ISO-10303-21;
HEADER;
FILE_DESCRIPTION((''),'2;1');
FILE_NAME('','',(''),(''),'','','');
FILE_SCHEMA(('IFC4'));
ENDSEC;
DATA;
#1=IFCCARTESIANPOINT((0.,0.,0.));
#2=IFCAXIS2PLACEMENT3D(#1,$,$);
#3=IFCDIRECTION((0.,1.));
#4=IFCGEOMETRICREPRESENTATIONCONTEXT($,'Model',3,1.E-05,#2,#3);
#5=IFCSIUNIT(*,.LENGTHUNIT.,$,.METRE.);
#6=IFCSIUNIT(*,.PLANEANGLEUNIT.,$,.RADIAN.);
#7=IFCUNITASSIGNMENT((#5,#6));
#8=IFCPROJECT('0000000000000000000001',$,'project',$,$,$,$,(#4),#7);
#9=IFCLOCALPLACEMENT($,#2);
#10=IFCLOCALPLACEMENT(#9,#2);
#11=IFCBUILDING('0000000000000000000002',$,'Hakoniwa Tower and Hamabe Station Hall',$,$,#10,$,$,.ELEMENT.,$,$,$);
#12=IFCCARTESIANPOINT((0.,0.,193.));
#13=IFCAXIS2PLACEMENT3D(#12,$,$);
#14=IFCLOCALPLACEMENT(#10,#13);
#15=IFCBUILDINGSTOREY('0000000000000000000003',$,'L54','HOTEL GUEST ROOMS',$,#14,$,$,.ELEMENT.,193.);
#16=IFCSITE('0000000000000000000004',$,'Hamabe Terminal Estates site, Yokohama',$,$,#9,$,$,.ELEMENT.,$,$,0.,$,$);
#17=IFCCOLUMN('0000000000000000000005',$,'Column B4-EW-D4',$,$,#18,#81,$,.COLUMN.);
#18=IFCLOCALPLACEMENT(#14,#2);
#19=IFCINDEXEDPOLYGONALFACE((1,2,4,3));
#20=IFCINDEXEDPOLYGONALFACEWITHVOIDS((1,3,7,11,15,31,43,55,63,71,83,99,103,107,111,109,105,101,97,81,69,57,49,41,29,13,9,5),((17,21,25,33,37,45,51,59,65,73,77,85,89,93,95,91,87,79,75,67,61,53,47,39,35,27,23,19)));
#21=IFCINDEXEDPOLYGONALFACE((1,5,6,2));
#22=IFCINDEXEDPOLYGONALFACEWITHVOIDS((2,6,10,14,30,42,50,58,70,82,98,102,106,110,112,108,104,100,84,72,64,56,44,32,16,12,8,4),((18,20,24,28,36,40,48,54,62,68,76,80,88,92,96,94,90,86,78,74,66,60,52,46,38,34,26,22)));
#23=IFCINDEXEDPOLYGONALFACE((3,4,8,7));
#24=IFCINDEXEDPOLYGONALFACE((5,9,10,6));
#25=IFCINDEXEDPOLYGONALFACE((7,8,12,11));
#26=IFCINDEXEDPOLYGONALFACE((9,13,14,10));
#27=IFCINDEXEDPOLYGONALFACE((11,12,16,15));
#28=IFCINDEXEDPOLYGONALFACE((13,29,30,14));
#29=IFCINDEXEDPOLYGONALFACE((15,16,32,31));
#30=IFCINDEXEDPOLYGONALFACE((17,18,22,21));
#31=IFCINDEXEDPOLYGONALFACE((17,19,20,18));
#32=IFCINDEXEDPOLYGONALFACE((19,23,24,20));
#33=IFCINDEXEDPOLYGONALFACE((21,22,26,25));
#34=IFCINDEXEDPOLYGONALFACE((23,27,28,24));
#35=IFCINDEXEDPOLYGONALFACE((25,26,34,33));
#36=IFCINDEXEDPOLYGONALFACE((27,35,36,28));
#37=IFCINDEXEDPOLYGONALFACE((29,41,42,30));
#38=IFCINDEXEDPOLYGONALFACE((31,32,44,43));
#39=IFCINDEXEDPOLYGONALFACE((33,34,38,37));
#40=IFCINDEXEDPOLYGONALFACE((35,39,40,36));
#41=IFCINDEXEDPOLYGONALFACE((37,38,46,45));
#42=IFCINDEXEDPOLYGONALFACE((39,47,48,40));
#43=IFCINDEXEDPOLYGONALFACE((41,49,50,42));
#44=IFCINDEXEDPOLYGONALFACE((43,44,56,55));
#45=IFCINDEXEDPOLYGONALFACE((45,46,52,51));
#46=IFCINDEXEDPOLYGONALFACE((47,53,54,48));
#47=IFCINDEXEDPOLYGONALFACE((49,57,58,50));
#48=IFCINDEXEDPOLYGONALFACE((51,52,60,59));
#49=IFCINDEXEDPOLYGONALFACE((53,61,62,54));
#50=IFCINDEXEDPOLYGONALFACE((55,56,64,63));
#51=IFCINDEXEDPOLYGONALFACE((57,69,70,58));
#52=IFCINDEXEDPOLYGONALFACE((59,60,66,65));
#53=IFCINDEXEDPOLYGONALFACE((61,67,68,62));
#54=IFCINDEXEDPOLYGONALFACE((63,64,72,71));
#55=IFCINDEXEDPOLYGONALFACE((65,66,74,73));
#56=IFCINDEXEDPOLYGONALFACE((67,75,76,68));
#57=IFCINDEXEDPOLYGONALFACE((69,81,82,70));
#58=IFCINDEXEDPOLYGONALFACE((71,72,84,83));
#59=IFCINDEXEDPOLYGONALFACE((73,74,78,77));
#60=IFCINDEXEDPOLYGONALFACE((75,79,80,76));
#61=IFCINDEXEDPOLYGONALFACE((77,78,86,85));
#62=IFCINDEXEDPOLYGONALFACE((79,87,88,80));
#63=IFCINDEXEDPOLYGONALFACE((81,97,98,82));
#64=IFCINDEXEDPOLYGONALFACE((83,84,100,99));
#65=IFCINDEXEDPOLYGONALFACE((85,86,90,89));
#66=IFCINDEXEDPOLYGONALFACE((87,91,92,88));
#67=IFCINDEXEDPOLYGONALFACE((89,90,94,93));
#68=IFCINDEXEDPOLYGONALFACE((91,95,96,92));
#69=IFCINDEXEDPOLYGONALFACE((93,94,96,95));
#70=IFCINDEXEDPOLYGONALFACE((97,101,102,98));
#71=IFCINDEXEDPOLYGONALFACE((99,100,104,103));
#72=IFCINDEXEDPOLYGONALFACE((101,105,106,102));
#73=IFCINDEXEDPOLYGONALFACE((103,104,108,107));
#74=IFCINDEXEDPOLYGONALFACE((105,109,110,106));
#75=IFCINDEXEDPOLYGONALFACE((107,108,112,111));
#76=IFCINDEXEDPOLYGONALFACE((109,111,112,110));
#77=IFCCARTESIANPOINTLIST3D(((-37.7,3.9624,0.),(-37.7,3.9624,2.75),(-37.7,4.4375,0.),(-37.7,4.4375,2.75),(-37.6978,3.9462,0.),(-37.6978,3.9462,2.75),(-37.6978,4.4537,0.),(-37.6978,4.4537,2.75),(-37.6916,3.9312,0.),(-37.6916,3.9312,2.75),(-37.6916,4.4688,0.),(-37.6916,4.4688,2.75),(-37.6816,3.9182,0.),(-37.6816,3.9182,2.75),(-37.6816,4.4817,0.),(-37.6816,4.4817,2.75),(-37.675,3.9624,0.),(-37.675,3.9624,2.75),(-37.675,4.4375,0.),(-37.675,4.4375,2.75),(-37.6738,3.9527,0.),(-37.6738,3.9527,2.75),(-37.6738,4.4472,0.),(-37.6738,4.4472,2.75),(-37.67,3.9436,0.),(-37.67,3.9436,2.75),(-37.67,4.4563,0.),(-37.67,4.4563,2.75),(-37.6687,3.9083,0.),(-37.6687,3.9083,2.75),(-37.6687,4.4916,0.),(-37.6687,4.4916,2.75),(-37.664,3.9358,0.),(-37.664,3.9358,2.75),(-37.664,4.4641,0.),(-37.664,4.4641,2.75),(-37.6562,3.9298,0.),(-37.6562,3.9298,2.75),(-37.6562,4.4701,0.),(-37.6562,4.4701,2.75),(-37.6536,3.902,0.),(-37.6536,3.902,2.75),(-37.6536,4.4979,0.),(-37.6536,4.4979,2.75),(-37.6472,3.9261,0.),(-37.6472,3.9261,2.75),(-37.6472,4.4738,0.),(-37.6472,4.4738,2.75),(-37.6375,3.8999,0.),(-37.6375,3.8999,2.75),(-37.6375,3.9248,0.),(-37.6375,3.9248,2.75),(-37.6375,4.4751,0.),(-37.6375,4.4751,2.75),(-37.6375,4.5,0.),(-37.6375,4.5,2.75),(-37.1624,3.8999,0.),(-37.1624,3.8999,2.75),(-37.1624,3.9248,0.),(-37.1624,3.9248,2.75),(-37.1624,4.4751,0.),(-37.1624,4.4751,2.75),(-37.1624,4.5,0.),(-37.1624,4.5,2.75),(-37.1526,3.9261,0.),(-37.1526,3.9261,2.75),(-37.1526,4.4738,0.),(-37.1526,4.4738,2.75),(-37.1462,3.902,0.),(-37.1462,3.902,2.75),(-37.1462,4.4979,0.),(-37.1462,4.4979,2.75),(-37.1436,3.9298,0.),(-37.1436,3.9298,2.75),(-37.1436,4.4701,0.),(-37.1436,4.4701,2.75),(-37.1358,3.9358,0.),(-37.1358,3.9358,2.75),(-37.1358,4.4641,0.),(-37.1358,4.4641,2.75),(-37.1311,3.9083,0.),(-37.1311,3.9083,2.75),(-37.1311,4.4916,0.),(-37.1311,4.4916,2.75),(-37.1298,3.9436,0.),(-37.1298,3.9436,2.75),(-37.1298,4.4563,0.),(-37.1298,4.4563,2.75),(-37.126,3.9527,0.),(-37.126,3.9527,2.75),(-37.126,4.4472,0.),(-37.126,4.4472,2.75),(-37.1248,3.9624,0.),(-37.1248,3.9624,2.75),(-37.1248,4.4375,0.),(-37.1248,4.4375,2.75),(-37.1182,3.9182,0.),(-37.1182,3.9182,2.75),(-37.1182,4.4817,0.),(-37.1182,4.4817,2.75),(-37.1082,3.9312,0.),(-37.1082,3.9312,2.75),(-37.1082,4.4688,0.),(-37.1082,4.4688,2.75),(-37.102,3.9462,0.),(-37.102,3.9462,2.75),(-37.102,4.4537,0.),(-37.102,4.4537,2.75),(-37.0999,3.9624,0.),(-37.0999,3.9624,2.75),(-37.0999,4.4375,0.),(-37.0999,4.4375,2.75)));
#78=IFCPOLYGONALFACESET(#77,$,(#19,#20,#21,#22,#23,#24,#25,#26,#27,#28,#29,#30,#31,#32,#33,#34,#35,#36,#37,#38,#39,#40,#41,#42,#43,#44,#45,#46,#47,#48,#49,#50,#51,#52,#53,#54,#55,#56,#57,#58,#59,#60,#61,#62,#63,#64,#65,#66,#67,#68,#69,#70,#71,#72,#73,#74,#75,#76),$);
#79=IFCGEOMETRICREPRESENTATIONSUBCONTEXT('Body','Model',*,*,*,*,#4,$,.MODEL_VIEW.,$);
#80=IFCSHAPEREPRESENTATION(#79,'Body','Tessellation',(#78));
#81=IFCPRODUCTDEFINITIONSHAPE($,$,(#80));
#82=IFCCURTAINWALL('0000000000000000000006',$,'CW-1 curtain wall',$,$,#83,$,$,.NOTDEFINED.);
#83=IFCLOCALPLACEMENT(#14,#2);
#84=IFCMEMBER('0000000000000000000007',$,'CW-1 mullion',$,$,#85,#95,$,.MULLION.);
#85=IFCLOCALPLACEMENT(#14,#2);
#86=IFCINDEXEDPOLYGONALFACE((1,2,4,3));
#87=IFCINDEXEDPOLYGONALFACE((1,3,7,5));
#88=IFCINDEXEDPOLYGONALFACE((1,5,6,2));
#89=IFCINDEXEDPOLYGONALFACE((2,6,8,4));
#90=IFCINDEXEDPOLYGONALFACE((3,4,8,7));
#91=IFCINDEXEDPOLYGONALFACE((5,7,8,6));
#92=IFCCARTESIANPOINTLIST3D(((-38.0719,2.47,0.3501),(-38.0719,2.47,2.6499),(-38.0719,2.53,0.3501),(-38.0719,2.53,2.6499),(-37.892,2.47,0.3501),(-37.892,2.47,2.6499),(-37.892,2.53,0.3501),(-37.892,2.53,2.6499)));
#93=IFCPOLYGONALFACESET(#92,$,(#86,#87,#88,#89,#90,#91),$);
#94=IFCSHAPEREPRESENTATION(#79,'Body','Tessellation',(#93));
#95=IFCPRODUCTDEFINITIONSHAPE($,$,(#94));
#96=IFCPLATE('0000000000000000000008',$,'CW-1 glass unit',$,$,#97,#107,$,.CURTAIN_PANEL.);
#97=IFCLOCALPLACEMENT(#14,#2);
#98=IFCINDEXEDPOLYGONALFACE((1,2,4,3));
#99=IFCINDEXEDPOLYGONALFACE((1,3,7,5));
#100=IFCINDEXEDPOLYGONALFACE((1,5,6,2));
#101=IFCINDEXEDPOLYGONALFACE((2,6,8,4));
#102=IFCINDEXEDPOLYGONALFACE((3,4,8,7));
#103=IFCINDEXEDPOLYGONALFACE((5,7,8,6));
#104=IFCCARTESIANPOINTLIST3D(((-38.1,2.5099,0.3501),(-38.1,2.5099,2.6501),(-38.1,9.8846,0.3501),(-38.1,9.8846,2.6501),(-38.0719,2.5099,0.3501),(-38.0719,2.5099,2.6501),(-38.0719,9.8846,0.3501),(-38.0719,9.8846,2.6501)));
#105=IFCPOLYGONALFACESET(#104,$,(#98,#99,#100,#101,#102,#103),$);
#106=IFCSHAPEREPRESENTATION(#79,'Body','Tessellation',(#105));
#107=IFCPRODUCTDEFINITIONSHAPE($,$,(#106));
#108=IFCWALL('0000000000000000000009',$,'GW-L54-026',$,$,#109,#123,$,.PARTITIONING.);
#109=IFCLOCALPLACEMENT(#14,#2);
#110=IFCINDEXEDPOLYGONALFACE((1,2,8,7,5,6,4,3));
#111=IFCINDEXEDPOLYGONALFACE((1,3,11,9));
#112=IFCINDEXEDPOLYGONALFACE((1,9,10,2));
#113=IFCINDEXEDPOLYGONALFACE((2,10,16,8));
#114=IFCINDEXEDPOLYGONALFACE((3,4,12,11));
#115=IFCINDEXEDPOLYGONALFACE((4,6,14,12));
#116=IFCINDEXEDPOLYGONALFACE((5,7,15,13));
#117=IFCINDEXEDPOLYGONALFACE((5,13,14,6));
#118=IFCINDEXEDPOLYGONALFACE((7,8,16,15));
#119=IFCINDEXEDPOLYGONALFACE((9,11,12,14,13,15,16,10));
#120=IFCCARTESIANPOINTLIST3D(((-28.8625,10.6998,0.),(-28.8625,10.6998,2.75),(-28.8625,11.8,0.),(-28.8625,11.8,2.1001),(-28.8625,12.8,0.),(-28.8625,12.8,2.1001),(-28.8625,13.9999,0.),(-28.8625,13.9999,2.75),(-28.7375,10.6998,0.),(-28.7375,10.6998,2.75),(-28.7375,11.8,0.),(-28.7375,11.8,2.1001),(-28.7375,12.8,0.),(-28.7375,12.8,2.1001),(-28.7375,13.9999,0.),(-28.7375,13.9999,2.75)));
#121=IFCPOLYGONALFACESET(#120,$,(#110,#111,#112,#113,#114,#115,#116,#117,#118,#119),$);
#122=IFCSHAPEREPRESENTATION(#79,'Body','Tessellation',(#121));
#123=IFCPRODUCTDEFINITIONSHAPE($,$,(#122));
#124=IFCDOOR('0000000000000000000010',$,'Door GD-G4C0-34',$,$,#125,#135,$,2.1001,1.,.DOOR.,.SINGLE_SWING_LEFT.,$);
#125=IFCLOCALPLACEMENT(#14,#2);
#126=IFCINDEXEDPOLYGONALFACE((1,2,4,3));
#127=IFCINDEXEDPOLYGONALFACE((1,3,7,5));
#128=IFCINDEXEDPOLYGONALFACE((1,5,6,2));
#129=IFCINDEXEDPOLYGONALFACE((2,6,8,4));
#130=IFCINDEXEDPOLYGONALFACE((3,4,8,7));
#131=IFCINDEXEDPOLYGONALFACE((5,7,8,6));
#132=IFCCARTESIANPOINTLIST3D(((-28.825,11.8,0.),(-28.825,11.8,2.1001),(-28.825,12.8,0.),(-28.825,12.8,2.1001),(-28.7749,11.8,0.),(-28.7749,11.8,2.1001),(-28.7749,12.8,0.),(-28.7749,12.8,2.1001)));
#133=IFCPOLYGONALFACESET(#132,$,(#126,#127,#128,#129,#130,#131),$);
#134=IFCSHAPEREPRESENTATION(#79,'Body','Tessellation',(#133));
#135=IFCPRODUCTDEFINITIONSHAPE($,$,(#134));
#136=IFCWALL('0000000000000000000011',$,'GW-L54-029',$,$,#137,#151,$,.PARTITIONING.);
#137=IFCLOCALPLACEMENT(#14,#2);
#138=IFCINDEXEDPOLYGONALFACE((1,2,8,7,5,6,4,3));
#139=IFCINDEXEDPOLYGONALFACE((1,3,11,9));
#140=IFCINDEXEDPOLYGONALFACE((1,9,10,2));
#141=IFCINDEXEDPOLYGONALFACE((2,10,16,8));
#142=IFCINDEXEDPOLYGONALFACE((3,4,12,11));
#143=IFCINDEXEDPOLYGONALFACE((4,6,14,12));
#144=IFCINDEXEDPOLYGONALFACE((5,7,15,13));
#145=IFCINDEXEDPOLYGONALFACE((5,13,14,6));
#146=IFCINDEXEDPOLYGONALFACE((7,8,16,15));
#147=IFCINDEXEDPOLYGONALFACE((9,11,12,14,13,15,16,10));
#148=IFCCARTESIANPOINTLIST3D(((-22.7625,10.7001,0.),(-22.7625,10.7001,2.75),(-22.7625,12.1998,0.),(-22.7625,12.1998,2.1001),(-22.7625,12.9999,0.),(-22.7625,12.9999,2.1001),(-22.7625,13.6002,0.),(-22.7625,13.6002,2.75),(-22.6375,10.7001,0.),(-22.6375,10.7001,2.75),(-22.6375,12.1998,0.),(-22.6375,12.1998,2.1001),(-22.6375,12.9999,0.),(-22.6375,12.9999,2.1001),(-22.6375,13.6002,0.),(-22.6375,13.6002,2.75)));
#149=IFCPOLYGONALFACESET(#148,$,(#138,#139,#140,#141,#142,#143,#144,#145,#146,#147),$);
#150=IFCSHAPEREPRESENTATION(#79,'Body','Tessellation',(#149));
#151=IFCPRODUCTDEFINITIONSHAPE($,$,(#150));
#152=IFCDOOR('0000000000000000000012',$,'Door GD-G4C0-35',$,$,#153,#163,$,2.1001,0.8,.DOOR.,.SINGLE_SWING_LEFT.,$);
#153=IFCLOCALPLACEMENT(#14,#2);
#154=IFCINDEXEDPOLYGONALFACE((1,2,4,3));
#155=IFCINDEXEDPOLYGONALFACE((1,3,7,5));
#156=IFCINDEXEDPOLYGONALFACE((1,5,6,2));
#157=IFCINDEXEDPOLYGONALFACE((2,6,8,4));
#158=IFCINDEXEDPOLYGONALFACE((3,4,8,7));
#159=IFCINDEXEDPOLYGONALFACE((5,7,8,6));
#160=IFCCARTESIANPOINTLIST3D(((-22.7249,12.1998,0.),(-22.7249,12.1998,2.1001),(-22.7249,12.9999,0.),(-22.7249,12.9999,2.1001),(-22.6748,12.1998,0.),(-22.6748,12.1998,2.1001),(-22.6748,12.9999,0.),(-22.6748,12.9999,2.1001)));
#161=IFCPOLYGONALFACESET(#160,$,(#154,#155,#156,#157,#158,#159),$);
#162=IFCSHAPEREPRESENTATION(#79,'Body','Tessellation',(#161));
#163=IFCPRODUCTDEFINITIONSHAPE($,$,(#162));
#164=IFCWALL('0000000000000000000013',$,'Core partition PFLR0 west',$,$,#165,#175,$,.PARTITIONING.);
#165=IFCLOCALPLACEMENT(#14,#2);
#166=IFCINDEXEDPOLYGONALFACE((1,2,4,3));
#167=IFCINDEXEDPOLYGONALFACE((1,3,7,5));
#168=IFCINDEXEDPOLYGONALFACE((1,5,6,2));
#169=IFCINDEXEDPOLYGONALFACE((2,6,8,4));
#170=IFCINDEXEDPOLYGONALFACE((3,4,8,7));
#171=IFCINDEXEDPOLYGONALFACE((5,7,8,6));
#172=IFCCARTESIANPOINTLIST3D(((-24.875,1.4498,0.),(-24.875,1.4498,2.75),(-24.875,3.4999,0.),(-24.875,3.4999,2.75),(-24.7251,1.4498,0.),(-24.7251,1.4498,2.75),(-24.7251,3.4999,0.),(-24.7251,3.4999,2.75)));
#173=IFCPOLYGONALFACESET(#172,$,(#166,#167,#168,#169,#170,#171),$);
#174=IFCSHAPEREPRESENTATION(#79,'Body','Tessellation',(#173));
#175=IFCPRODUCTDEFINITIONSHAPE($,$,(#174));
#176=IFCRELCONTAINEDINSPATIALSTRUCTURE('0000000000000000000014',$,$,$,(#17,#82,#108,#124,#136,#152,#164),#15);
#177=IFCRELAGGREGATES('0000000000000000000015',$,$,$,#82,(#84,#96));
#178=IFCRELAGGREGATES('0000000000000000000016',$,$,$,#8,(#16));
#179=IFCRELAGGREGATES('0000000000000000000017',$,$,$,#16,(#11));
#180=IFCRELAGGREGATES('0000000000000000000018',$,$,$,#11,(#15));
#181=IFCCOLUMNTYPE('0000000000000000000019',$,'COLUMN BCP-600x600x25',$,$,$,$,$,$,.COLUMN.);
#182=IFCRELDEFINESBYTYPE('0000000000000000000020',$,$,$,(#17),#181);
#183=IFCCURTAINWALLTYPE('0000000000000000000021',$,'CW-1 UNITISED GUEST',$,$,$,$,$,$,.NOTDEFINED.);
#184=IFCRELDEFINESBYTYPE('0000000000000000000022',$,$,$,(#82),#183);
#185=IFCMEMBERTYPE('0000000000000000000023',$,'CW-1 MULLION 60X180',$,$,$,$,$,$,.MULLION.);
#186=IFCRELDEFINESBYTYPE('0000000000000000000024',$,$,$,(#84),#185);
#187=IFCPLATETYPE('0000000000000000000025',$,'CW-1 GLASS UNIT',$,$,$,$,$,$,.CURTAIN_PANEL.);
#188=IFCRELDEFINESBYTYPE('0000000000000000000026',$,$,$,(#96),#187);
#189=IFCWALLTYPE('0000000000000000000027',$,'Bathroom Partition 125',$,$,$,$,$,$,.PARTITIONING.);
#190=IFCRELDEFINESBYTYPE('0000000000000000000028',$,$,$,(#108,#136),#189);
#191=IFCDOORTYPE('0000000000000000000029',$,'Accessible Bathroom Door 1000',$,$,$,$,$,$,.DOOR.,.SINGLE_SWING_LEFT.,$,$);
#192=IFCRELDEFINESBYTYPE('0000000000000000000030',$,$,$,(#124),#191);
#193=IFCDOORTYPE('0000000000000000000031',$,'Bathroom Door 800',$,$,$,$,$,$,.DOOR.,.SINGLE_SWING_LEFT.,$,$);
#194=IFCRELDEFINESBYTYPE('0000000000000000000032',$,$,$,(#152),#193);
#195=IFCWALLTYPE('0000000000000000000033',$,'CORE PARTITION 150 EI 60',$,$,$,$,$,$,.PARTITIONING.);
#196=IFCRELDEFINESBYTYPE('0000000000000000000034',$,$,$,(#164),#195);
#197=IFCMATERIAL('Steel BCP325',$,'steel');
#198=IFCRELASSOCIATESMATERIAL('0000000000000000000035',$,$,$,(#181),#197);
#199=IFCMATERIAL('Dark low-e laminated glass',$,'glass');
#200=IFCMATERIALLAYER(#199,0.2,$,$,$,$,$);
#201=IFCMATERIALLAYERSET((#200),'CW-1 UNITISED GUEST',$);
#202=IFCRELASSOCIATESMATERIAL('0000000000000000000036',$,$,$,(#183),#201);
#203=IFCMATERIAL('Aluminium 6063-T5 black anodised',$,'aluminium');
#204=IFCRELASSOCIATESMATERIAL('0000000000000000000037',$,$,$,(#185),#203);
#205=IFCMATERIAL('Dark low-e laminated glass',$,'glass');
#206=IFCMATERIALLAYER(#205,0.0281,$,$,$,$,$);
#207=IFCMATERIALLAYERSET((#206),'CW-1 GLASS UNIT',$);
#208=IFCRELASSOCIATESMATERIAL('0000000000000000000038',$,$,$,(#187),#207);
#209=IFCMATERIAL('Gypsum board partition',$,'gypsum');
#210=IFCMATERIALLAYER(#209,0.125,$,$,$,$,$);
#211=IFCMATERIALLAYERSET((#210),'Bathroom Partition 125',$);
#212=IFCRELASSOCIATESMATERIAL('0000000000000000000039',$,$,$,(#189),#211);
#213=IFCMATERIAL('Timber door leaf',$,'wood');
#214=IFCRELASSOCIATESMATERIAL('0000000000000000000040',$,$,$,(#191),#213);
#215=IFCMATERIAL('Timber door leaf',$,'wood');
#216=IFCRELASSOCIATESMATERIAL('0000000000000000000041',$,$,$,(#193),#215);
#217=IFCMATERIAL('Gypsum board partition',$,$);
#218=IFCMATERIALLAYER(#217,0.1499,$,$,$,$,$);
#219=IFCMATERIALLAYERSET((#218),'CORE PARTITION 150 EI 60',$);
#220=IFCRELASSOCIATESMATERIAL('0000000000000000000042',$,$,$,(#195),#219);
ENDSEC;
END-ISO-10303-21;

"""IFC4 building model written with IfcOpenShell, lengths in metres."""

from ifc_helpers import new_model, si_unit, direction, frame, frame_2d, origin, origin_2d, place, context, subcontext, project, spatial, rectangle, hollow_rectangle, extrude, material, layer, layer_set, material_profile, profile_set, type_object, element, fill, aggregate, save


model = new_model("IFC4")

# Units and contexts
model_context = context("Model", 3, precision=1e-05, world=origin(), true_north=direction((0.0, 1.0)))
body_context = subcontext(model_context, "Body", "Model", "MODEL_VIEW")
ifc_project = project(units=[si_unit("LENGTHUNIT", "METRE"), si_unit("PLANEANGLEUNIT", "RADIAN")], contexts=[model_context])

# Site, building, storey
site_placement = place(None, origin())
site = spatial("IfcSite", under=ifc_project, at=site_placement, Name="Hamabe Terminal Estates site, Yokohama", CompositionType="ELEMENT", RefElevation=0.0)
building_placement = place(site_placement, origin())
building = spatial("IfcBuilding", under=site, at=building_placement, Name="Hakoniwa Tower and Hamabe Station Hall", CompositionType="ELEMENT")
storey_placement = place(building_placement, frame((0.0, 0.0, 193.0)))
storey = spatial("IfcBuildingStorey", under=building, at=storey_placement, Name="L54", Description="HOTEL GUEST ROOMS", CompositionType="ELEMENT", Elevation=193.0)

# Column
ifc_material_1 = material(Name="Steel BCP325", Category="steel")
ifc_material_profile_1 = material_profile(ifc_material_1, hollow_rectangle(XDim=0.6001, YDim=0.6001, WallThickness=0.0249, InnerFilletRadius=0.0376, OuterFilletRadius=0.0625, at=origin_2d()), Name="BCP-600x600x25")
ifc_profile_set_1 = profile_set([ifc_material_profile_1], Name="Steel BCP325")
column_type = type_object("IfcColumnType", Name="COLUMN BCP-600x600x25", PredefinedType="COLUMN", material=ifc_profile_set_1)
column_placement = place(storey_placement, frame((-37.3999, 4.2, 0.0), z_axis=(0.0, 0.0, 1.0), x_axis=(1.0, 0.0, 0.0)))
element("IfcColumn", 1, at=column_placement, inside=storey, type_object=column_type, Name="Column B4-EW-D4", PredefinedType="COLUMN", context=body_context, shape_type="SweptSolid", body=[
    extrude(hollow_rectangle(XDim=0.6001, YDim=0.6001, WallThickness=0.0249, InnerFilletRadius=0.0376, OuterFilletRadius=0.0625, at=origin_2d()), origin(), (0.0, 0.0, 1.0), 2.75),
])

# Curtain wall, member, plate
ifc_material_2 = material(Name="Dark low-e laminated glass", Category="glass")
ifc_layer_1 = layer(ifc_material_2, 0.2)
ifc_layer_set_1 = layer_set([ifc_layer_1], Name="CW-1 UNITISED GUEST")
curtain_wall_type = type_object("IfcCurtainWallType", Name="CW-1 UNITISED GUEST", PredefinedType="NOTDEFINED", material=ifc_layer_set_1)
curtain_wall_placement = place(storey_placement, origin())
curtain_wall = element("IfcCurtainWall", 2, at=curtain_wall_placement, inside=storey, type_object=curtain_wall_type, Name="CW-1 curtain wall", PredefinedType="NOTDEFINED")
ifc_material_3 = material(Name="Aluminium 6063-T5 black anodised", Category="aluminium")
ifc_material_profile_2 = material_profile(ifc_material_3, rectangle(XDim=0.0601, YDim=0.1799, at=origin_2d()), Name="CW-1 MULLION 60X180")
ifc_profile_set_2 = profile_set([ifc_material_profile_2], Name="Aluminium 6063-T5 black anodised")
member_type = type_object("IfcMemberType", Name="CW-1 MULLION 60X180", PredefinedType="MULLION", material=ifc_profile_set_2)
member_placement = place(storey_placement, frame((-37.9819, 2.5, 0.3501), z_axis=(0.0, 0.0, 1.0), x_axis=(0.0, -1.0, 0.0)))
member = element("IfcMember", 3, at=member_placement, type_object=member_type, Name="CW-1 mullion", PredefinedType="MULLION", context=body_context, shape_type="SweptSolid", body=[
    extrude(rectangle(XDim=0.0601, YDim=0.1799, at=origin_2d()), origin(), (0.0, 0.0, 1.0), 2.2998),
])
ifc_material_4 = material(Name="Dark low-e laminated glass", Category="glass")
ifc_layer_2 = layer(ifc_material_4, 0.0281)
ifc_layer_set_2 = layer_set([ifc_layer_2], Name="CW-1 GLASS UNIT")
plate_type = type_object("IfcPlateType", Name="CW-1 GLASS UNIT", PredefinedType="CURTAIN_PANEL", material=ifc_layer_set_2)
plate_placement = place(storey_placement, frame((-38.0859, 6.1973, 0.3501), z_axis=(0.0, 0.0, 1.0), x_axis=(0.0, -1.0, 0.0)))
plate = element("IfcPlate", 4, at=plate_placement, type_object=plate_type, Name="CW-1 glass unit", PredefinedType="CURTAIN_PANEL", context=body_context, shape_type="SweptSolid", body=[
    extrude(rectangle(XDim=7.3748, YDim=0.0281, at=origin_2d()), origin(), (0.0, 0.0, 1.0), 2.3),
])
aggregate(curtain_wall, [member, plate])

# Walls, openings, doors
ifc_material_5 = material(Name="Gypsum board partition", Category="gypsum")
ifc_layer_3 = layer(ifc_material_5, 0.125)
ifc_layer_set_3 = layer_set([ifc_layer_3], Name="Bathroom Partition 125")
wall_type_1 = type_object("IfcWallType", Name="Bathroom Partition 125", PredefinedType="PARTITIONING", material=ifc_layer_set_3)
wall_1_placement = place(storey_placement, frame((-28.8, 10.7, 0.0), z_axis=(0.0, 0.0, 1.0), x_axis=(0.0, 1.0, 0.0)))
wall_1 = element("IfcWall", 5, at=wall_1_placement, inside=storey, type_object=wall_type_1, Name="GW-L54-026", PredefinedType="PARTITIONING", context=body_context, shape_type="SweptSolid", body=[
    extrude(rectangle(XDim=3.3, YDim=0.125, at=frame_2d((1.6499, 0.0))), origin(), (0.0, 0.0, 1.0), 2.75),
])
opening_1_placement = place(wall_1_placement, frame((1.1001, 0.0, 0.0)))
opening_1 = element("IfcOpeningElement", 6, at=opening_1_placement, cuts=wall_1, PredefinedType="OPENING", context=body_context, shape_type="SweptSolid", body=[
    extrude(rectangle(XDim=1.0, YDim=2.1001, at=frame_2d((0.5, 1.05))), frame((0.0, 0.0725, 0.0), z_axis=(0.0, -1.0, 0.0), x_axis=(1.0, 0.0, 0.0)), (0.0, 0.0, 1.0), 0.145),
])
ifc_material_6 = material(Name="Timber door leaf", Category="wood")
door_type_1 = type_object("IfcDoorType", Name="Accessible Bathroom Door 1000", OperationType="SINGLE_SWING_LEFT", PredefinedType="DOOR", material=ifc_material_6)
door_1_placement = place(opening_1_placement, origin())
door_1 = element("IfcDoor", 7, at=door_1_placement, inside=storey, type_object=door_type_1, Name="Door GD-G4C0-34", OperationType="SINGLE_SWING_LEFT", OverallHeight=2.1001, OverallWidth=1.0, PredefinedType="DOOR", context=body_context, shape_type="SweptSolid", body=[
    extrude(rectangle(XDim=1.0, YDim=2.1001, at=frame_2d((0.5, 1.05))), frame((0.0, 0.0249, 0.0), z_axis=(0.0, -1.0, 0.0), x_axis=(1.0, 0.0, 0.0)), (0.0, 0.0, 1.0), 0.05),
])
fill(opening_1, door_1)
wall_2_placement = place(storey_placement, frame((-22.7, 10.7, 0.0), z_axis=(0.0, 0.0, 1.0), x_axis=(0.0, 1.0, 0.0)))
wall_2 = element("IfcWall", 8, at=wall_2_placement, inside=storey, type_object=wall_type_1, Name="GW-L54-029", PredefinedType="PARTITIONING", context=body_context, shape_type="SweptSolid", body=[
    extrude(rectangle(XDim=2.9001, YDim=0.125, at=frame_2d((1.4502, 0.0))), origin(), (0.0, 0.0, 1.0), 2.75),
])
opening_2_placement = place(wall_2_placement, frame((1.5, 0.0, 0.0)))
opening_2 = element("IfcOpeningElement", 9, at=opening_2_placement, cuts=wall_2, PredefinedType="OPENING", context=body_context, shape_type="SweptSolid", body=[
    extrude(rectangle(XDim=0.8, YDim=2.1001, at=frame_2d((0.3999, 1.05))), frame((0.0, 0.0725, 0.0), z_axis=(0.0, -1.0, 0.0), x_axis=(1.0, 0.0, 0.0)), (0.0, 0.0, 1.0), 0.145),
])
ifc_material_7 = material(Name="Timber door leaf", Category="wood")
door_type_2 = type_object("IfcDoorType", Name="Bathroom Door 800", OperationType="SINGLE_SWING_LEFT", PredefinedType="DOOR", material=ifc_material_7)
door_2_placement = place(opening_2_placement, origin())
door_2 = element("IfcDoor", 10, at=door_2_placement, inside=storey, type_object=door_type_2, Name="Door GD-G4C0-35", OperationType="SINGLE_SWING_LEFT", OverallHeight=2.1001, OverallWidth=0.8, PredefinedType="DOOR", context=body_context, shape_type="SweptSolid", body=[
    extrude(rectangle(XDim=0.8, YDim=2.1001, at=frame_2d((0.3999, 1.05))), frame((0.0, 0.0249, 0.0), z_axis=(0.0, -1.0, 0.0), x_axis=(1.0, 0.0, 0.0)), (0.0, 0.0, 1.0), 0.05),
])
fill(opening_2, door_2)

# Wall
ifc_material_8 = material(Name="Gypsum board partition")
ifc_layer_4 = layer(ifc_material_8, 0.1499)
ifc_layer_set_4 = layer_set([ifc_layer_4], Name="CORE PARTITION 150 EI 60")
wall_type_2 = type_object("IfcWallType", Name="CORE PARTITION 150 EI 60", PredefinedType="PARTITIONING", material=ifc_layer_set_4)
wall_3_placement = place(storey_placement, frame((-24.8, 1.45, 0.0), z_axis=(0.0, 0.0, 1.0), x_axis=(0.0, 1.0, 0.0)))
element("IfcWall", 11, at=wall_3_placement, inside=storey, type_object=wall_type_2, Name="Core partition PFLR0 west", PredefinedType="PARTITIONING", context=body_context, shape_type="SweptSolid", body=[
    extrude(rectangle(XDim=2.05, YDim=0.1499, at=frame_2d((1.0249, 0.0))), origin(), (0.0, 0.0, 1.0), 2.75),
])

save(model, "model.ifc")
